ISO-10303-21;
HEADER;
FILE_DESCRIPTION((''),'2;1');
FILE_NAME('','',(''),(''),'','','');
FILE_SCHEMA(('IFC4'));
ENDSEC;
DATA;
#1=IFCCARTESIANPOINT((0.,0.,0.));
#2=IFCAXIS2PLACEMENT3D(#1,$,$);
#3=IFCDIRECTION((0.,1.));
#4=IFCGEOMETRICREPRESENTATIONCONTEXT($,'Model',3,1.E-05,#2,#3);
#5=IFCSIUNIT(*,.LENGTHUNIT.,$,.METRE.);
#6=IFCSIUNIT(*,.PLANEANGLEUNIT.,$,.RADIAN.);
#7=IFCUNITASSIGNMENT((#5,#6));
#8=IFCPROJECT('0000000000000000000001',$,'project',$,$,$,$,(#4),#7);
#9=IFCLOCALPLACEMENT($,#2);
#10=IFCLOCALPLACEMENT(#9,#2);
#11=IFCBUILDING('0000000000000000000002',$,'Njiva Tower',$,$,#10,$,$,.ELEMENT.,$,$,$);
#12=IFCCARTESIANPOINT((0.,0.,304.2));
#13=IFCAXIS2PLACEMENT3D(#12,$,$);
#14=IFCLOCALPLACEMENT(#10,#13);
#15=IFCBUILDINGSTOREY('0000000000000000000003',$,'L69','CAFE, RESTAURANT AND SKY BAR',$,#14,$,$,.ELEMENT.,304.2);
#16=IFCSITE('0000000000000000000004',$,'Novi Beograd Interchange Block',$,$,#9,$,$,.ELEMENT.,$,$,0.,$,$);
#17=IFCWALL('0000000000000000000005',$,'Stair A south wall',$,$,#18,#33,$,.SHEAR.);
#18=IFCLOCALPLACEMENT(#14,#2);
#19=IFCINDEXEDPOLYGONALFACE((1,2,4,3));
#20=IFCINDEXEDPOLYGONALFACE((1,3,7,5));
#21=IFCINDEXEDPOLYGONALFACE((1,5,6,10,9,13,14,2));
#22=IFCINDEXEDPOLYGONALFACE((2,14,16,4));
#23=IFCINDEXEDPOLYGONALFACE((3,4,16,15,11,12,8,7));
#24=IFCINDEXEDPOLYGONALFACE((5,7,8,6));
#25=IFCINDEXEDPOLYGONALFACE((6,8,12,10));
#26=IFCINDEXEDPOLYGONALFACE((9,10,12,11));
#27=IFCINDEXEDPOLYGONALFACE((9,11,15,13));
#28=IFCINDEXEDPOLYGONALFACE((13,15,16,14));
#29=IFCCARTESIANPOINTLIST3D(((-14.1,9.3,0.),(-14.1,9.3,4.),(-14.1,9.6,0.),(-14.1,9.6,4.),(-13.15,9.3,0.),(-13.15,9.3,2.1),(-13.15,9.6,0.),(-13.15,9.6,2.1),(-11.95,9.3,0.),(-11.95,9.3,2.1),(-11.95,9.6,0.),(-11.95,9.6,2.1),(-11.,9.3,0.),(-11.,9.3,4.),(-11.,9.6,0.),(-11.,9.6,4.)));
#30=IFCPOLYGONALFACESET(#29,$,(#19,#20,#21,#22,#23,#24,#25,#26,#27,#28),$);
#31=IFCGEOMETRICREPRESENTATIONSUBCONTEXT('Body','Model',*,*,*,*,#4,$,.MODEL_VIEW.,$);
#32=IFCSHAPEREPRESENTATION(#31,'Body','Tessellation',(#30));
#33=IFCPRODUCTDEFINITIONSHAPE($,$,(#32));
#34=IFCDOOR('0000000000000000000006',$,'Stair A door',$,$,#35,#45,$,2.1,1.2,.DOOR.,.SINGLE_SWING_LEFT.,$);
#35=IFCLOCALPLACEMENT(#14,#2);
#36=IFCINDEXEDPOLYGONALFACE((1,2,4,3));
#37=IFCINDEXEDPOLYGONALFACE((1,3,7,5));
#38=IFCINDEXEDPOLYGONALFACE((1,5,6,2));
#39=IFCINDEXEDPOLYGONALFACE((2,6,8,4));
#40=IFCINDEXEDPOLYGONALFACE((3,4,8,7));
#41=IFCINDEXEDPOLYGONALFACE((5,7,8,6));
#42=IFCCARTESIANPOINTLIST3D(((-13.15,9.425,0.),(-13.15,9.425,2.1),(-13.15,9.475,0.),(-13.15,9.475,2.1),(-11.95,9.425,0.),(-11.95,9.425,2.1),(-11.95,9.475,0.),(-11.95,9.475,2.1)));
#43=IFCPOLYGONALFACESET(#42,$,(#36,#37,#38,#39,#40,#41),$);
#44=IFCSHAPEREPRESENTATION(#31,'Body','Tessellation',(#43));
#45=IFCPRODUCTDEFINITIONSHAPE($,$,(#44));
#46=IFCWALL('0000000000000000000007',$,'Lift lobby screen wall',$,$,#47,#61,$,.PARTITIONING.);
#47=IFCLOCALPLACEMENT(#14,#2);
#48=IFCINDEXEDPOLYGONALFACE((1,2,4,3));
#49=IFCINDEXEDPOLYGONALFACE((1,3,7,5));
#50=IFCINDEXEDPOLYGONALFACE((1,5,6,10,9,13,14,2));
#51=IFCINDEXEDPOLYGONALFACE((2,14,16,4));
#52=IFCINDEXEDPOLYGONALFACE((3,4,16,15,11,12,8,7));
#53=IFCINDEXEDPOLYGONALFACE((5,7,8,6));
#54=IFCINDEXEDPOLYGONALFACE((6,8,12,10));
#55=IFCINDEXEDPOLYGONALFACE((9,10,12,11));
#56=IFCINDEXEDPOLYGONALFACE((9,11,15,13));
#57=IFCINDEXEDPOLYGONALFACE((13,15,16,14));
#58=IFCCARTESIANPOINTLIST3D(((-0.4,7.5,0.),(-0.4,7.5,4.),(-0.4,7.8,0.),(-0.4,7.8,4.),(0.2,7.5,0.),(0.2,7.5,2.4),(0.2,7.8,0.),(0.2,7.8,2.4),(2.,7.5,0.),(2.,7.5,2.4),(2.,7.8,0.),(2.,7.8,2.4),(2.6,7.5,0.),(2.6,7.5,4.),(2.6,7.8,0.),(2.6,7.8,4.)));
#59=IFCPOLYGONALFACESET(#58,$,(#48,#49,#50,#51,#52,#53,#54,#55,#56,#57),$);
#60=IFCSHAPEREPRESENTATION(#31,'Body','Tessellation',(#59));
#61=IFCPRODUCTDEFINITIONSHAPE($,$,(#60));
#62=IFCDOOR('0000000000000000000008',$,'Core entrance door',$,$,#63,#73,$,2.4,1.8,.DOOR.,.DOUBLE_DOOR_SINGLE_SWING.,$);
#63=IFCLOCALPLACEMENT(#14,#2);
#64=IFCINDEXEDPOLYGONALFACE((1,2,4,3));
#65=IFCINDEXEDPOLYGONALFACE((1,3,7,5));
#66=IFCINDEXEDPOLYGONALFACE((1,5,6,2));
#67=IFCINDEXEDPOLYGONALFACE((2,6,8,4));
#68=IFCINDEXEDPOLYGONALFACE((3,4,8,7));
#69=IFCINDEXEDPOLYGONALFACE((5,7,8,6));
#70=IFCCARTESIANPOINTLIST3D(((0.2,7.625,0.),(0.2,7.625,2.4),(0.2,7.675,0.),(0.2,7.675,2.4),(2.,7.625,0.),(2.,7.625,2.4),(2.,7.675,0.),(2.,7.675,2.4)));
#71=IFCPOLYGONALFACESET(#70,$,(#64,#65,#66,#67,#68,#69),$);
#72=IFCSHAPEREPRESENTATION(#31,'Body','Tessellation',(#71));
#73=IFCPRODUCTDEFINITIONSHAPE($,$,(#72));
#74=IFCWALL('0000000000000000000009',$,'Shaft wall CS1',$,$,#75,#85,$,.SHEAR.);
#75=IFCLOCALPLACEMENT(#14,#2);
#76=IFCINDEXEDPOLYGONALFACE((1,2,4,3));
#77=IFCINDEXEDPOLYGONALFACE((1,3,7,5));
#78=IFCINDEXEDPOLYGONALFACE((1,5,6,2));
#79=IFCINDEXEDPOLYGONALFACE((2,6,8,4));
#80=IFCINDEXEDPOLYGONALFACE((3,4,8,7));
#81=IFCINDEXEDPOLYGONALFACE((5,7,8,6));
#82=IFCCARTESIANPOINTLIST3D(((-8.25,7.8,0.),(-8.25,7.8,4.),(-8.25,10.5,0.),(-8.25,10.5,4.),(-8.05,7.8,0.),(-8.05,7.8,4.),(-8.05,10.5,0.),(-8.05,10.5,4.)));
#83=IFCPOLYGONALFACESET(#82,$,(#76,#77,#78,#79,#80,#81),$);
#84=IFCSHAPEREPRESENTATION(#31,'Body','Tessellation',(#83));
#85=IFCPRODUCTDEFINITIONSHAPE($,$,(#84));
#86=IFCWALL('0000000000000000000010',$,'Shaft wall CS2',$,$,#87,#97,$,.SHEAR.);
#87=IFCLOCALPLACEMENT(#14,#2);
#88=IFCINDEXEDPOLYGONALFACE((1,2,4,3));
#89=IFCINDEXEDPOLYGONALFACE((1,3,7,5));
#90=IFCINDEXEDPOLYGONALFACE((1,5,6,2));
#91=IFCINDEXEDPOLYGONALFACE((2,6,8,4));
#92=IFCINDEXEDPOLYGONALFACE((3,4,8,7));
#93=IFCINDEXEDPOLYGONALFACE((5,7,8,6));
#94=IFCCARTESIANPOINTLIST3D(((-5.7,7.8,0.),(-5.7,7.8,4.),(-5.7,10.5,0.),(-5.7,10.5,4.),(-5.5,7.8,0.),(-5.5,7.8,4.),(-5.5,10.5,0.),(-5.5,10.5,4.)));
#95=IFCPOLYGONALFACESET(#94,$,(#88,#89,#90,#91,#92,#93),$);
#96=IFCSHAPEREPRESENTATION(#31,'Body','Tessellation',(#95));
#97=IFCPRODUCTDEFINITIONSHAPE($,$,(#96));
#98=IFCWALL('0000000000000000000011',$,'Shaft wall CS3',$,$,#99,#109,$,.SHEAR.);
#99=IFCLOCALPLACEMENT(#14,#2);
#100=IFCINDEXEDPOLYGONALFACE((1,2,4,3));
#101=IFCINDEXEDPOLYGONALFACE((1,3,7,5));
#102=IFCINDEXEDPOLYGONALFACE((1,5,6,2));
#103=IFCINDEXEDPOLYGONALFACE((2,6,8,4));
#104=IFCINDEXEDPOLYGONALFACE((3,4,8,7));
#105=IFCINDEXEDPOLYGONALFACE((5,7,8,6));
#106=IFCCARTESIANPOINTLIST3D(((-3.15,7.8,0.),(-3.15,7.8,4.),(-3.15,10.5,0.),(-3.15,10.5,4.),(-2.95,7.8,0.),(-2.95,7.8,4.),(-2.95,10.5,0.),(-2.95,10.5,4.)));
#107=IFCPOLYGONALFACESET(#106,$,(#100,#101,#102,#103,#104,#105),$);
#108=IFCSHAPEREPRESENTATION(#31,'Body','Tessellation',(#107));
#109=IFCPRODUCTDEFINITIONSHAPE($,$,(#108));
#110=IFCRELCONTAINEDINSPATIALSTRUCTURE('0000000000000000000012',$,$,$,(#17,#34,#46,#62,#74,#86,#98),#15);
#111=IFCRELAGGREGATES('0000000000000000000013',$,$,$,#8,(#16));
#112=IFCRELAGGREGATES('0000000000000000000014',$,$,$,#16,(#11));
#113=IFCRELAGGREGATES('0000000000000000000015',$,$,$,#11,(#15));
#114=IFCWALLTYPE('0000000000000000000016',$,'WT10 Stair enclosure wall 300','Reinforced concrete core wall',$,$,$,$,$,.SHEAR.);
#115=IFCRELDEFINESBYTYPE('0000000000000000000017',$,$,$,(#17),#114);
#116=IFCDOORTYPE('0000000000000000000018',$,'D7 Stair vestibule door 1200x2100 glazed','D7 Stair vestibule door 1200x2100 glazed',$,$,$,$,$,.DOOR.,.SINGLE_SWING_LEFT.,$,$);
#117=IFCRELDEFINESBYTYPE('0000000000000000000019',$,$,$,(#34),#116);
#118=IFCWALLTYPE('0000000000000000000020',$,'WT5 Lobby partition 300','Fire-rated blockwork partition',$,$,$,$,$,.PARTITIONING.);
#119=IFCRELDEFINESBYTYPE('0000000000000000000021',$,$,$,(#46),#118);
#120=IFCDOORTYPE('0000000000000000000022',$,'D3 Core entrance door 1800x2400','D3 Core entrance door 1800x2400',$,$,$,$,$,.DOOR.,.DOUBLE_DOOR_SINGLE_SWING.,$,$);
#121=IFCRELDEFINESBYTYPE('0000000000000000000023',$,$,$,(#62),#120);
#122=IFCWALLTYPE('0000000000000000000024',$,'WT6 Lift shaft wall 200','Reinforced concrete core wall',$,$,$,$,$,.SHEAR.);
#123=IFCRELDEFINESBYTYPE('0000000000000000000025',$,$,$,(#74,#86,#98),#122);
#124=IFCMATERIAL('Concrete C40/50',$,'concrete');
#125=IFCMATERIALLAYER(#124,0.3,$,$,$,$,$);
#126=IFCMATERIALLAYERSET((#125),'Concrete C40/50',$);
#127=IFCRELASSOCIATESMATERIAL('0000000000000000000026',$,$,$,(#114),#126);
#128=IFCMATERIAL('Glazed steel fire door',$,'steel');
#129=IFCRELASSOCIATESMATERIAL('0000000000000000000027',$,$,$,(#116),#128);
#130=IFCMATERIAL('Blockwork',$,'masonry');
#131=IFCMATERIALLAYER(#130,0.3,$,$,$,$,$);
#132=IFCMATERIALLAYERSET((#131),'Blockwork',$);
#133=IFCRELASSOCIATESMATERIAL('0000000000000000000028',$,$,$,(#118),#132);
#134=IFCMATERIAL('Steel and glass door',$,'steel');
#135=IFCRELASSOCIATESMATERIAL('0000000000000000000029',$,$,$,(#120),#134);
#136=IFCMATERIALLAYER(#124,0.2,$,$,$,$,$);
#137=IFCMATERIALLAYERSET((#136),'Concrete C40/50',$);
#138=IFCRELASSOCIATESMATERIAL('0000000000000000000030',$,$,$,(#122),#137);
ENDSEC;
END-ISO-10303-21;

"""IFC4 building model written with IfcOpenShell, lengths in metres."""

from ifc_helpers import new_model, si_unit, direction, frame, frame_2d, origin, place, context, subcontext, project, spatial, rectangle, extrude, material, layer, layer_set, type_object, element, fill, save


model = new_model("IFC4")

# Units and contexts
model_context = context("Model", 3, precision=1e-05, world=origin(), true_north=direction((0.0, 1.0)))
body_context = subcontext(model_context, "Body", "Model", "MODEL_VIEW")
ifc_project = project(units=[si_unit("LENGTHUNIT", "METRE"), si_unit("PLANEANGLEUNIT", "RADIAN")], contexts=[model_context])

# Site, building, storey
site_placement = place(None, origin())
site = spatial("IfcSite", under=ifc_project, at=site_placement, Name="Novi Beograd Interchange Block", CompositionType="ELEMENT", RefElevation=0.0)
building_placement = place(site_placement, origin())
building = spatial("IfcBuilding", under=site, at=building_placement, Name="Njiva Tower", CompositionType="ELEMENT")
storey_placement = place(building_placement, frame((0.0, 0.0, 304.2)))
storey = spatial("IfcBuildingStorey", under=building, at=storey_placement, Name="L69", Description="CAFE, RESTAURANT AND SKY BAR", CompositionType="ELEMENT", Elevation=304.2)

# Shared definitions
ifc_material_1 = material(Name="Blockwork", Category="masonry")

# Shared definitions
ifc_material_2 = material(Name="Concrete C40/50", Category="concrete")
ifc_layer_1 = layer(ifc_material_2, 0.3)
ifc_layer_set_1 = layer_set([ifc_layer_1], Name="Concrete C40/50")
wall_type_1 = type_object("IfcWallType", Name="WT10 Stair enclosure wall 300", Description="Reinforced concrete core wall", PredefinedType="SHEAR", material=ifc_layer_set_1)
ifc_material_3 = material(Name="Glazed steel fire door", Category="steel")

# Walls, openings, doors
wall_1_placement = place(storey_placement, frame((-14.1, 9.45, 0.0), z_axis=(0.0, 0.0, 1.0), x_axis=(1.0, 0.0, 0.0)))
wall_1 = element("IfcWall", 1, at=wall_1_placement, inside=storey, type_object=wall_type_1, Name="Stair A south wall", PredefinedType="SHEAR", context=body_context, shape_type="SweptSolid", body=[
    extrude(rectangle(XDim=3.1, YDim=0.3, at=frame_2d((1.55, 0.0))), origin(), (0.0, 0.0, 1.0), 4.0),
])
opening_1_placement = place(wall_1_placement, frame((0.95, 0.0, 0.0)))
opening_1 = element("IfcOpeningElement", 2, at=opening_1_placement, cuts=wall_1, PredefinedType="OPENING", context=body_context, shape_type="SweptSolid", body=[
    extrude(rectangle(XDim=1.2, YDim=2.1, at=frame_2d((0.6, 1.05))), frame((0.0, 0.16, 0.0), z_axis=(0.0, -1.0, 0.0), x_axis=(1.0, 0.0, 0.0)), (0.0, 0.0, 1.0), 0.32),
])
door_type_1 = type_object("IfcDoorType", Name="D7 Stair vestibule door 1200x2100 glazed", Description="D7 Stair vestibule door 1200x2100 glazed", OperationType="SINGLE_SWING_LEFT", PredefinedType="DOOR", material=ifc_material_3)
door_1_placement = place(opening_1_placement, origin())
door_1 = element("IfcDoor", 3, at=door_1_placement, inside=storey, type_object=door_type_1, Name="Stair A door", OperationType="SINGLE_SWING_LEFT", OverallHeight=2.1, OverallWidth=1.2, PredefinedType="DOOR", context=body_context, shape_type="SweptSolid", body=[
    extrude(rectangle(XDim=1.2, YDim=2.1, at=frame_2d((0.6, 1.05))), frame((0.0, 0.025, 0.0), z_axis=(0.0, -1.0, 0.0), x_axis=(1.0, 0.0, 0.0)), (0.0, 0.0, 1.0), 0.05),
])
fill(opening_1, door_1)
ifc_layer_2 = layer(ifc_material_1, 0.3)
ifc_layer_set_2 = layer_set([ifc_layer_2], Name="Blockwork")
wall_type_2 = type_object("IfcWallType", Name="WT5 Lobby partition 300", Description="Fire-rated blockwork partition", PredefinedType="PARTITIONING", material=ifc_layer_set_2)
wall_2_placement = place(storey_placement, frame((-0.4, 7.65, 0.0), z_axis=(0.0, 0.0, 1.0), x_axis=(1.0, 0.0, 0.0)))
wall_2 = element("IfcWall", 4, at=wall_2_placement, inside=storey, type_object=wall_type_2, Name="Lift lobby screen wall", PredefinedType="PARTITIONING", context=body_context, shape_type="SweptSolid", body=[
    extrude(rectangle(XDim=3.0, YDim=0.3, at=frame_2d((1.5, 0.0))), origin(), (0.0, 0.0, 1.0), 4.0),
])
opening_2_placement = place(wall_2_placement, frame((0.6, 0.0, 0.0)))
opening_2 = element("IfcOpeningElement", 5, at=opening_2_placement, cuts=wall_2, PredefinedType="OPENING", context=body_context, shape_type="SweptSolid", body=[
    extrude(rectangle(XDim=1.8, YDim=2.4, at=frame_2d((0.9, 1.2))), frame((0.0, 0.16, 0.0), z_axis=(0.0, -1.0, 0.0), x_axis=(1.0, 0.0, 0.0)), (0.0, 0.0, 1.0), 0.32),
])
ifc_material_4 = material(Name="Steel and glass door", Category="steel")
door_type_2 = type_object("IfcDoorType", Name="D3 Core entrance door 1800x2400", Description="D3 Core entrance door 1800x2400", OperationType="DOUBLE_DOOR_SINGLE_SWING", PredefinedType="DOOR", material=ifc_material_4)
door_2_placement = place(opening_2_placement, origin())
door_2 = element("IfcDoor", 6, at=door_2_placement, inside=storey, type_object=door_type_2, Name="Core entrance door", OperationType="DOUBLE_DOOR_SINGLE_SWING", OverallHeight=2.4, OverallWidth=1.8, PredefinedType="DOOR", context=body_context, shape_type="SweptSolid", body=[
    extrude(rectangle(XDim=1.8, YDim=2.4, at=frame_2d((0.9, 1.2))), frame((0.0, 0.025, 0.0), z_axis=(0.0, -1.0, 0.0), x_axis=(1.0, 0.0, 0.0)), (0.0, 0.0, 1.0), 0.05),
])
fill(opening_2, door_2)

# Walls
ifc_layer_3 = layer(ifc_material_2, 0.2)
ifc_layer_set_3 = layer_set([ifc_layer_3], Name="Concrete C40/50")
wall_type_3 = type_object("IfcWallType", Name="WT6 Lift shaft wall 200", Description="Reinforced concrete core wall", PredefinedType="SHEAR", material=ifc_layer_set_3)
for number, where, z_axis, x_axis, name in (
    (7, (-8.15, 7.8, 0.0), (0.0, 0.0, 1.0), (0.0, 1.0, 0.0), "Shaft wall CS1"),
    (8, (-5.6, 7.8, 0.0), (0.0, 0.0, 1.0), (0.0, 1.0, 0.0), "Shaft wall CS2"),
    (9, (-3.05, 7.8, 0.0), (0.0, 0.0, 1.0), (0.0, 1.0, 0.0), "Shaft wall CS3"),
):
    element("IfcWall", number, at=place(storey_placement, frame(where, z_axis=z_axis, x_axis=x_axis)), inside=storey, type_object=wall_type_3, Name=name, PredefinedType="SHEAR", context=body_context, shape_type="SweptSolid", body=[
        extrude(rectangle(XDim=2.7, YDim=0.2, at=frame_2d((1.35, 0.0))), origin(), (0.0, 0.0, 1.0), 4.0),
    ])

save(model, "model.ifc")
